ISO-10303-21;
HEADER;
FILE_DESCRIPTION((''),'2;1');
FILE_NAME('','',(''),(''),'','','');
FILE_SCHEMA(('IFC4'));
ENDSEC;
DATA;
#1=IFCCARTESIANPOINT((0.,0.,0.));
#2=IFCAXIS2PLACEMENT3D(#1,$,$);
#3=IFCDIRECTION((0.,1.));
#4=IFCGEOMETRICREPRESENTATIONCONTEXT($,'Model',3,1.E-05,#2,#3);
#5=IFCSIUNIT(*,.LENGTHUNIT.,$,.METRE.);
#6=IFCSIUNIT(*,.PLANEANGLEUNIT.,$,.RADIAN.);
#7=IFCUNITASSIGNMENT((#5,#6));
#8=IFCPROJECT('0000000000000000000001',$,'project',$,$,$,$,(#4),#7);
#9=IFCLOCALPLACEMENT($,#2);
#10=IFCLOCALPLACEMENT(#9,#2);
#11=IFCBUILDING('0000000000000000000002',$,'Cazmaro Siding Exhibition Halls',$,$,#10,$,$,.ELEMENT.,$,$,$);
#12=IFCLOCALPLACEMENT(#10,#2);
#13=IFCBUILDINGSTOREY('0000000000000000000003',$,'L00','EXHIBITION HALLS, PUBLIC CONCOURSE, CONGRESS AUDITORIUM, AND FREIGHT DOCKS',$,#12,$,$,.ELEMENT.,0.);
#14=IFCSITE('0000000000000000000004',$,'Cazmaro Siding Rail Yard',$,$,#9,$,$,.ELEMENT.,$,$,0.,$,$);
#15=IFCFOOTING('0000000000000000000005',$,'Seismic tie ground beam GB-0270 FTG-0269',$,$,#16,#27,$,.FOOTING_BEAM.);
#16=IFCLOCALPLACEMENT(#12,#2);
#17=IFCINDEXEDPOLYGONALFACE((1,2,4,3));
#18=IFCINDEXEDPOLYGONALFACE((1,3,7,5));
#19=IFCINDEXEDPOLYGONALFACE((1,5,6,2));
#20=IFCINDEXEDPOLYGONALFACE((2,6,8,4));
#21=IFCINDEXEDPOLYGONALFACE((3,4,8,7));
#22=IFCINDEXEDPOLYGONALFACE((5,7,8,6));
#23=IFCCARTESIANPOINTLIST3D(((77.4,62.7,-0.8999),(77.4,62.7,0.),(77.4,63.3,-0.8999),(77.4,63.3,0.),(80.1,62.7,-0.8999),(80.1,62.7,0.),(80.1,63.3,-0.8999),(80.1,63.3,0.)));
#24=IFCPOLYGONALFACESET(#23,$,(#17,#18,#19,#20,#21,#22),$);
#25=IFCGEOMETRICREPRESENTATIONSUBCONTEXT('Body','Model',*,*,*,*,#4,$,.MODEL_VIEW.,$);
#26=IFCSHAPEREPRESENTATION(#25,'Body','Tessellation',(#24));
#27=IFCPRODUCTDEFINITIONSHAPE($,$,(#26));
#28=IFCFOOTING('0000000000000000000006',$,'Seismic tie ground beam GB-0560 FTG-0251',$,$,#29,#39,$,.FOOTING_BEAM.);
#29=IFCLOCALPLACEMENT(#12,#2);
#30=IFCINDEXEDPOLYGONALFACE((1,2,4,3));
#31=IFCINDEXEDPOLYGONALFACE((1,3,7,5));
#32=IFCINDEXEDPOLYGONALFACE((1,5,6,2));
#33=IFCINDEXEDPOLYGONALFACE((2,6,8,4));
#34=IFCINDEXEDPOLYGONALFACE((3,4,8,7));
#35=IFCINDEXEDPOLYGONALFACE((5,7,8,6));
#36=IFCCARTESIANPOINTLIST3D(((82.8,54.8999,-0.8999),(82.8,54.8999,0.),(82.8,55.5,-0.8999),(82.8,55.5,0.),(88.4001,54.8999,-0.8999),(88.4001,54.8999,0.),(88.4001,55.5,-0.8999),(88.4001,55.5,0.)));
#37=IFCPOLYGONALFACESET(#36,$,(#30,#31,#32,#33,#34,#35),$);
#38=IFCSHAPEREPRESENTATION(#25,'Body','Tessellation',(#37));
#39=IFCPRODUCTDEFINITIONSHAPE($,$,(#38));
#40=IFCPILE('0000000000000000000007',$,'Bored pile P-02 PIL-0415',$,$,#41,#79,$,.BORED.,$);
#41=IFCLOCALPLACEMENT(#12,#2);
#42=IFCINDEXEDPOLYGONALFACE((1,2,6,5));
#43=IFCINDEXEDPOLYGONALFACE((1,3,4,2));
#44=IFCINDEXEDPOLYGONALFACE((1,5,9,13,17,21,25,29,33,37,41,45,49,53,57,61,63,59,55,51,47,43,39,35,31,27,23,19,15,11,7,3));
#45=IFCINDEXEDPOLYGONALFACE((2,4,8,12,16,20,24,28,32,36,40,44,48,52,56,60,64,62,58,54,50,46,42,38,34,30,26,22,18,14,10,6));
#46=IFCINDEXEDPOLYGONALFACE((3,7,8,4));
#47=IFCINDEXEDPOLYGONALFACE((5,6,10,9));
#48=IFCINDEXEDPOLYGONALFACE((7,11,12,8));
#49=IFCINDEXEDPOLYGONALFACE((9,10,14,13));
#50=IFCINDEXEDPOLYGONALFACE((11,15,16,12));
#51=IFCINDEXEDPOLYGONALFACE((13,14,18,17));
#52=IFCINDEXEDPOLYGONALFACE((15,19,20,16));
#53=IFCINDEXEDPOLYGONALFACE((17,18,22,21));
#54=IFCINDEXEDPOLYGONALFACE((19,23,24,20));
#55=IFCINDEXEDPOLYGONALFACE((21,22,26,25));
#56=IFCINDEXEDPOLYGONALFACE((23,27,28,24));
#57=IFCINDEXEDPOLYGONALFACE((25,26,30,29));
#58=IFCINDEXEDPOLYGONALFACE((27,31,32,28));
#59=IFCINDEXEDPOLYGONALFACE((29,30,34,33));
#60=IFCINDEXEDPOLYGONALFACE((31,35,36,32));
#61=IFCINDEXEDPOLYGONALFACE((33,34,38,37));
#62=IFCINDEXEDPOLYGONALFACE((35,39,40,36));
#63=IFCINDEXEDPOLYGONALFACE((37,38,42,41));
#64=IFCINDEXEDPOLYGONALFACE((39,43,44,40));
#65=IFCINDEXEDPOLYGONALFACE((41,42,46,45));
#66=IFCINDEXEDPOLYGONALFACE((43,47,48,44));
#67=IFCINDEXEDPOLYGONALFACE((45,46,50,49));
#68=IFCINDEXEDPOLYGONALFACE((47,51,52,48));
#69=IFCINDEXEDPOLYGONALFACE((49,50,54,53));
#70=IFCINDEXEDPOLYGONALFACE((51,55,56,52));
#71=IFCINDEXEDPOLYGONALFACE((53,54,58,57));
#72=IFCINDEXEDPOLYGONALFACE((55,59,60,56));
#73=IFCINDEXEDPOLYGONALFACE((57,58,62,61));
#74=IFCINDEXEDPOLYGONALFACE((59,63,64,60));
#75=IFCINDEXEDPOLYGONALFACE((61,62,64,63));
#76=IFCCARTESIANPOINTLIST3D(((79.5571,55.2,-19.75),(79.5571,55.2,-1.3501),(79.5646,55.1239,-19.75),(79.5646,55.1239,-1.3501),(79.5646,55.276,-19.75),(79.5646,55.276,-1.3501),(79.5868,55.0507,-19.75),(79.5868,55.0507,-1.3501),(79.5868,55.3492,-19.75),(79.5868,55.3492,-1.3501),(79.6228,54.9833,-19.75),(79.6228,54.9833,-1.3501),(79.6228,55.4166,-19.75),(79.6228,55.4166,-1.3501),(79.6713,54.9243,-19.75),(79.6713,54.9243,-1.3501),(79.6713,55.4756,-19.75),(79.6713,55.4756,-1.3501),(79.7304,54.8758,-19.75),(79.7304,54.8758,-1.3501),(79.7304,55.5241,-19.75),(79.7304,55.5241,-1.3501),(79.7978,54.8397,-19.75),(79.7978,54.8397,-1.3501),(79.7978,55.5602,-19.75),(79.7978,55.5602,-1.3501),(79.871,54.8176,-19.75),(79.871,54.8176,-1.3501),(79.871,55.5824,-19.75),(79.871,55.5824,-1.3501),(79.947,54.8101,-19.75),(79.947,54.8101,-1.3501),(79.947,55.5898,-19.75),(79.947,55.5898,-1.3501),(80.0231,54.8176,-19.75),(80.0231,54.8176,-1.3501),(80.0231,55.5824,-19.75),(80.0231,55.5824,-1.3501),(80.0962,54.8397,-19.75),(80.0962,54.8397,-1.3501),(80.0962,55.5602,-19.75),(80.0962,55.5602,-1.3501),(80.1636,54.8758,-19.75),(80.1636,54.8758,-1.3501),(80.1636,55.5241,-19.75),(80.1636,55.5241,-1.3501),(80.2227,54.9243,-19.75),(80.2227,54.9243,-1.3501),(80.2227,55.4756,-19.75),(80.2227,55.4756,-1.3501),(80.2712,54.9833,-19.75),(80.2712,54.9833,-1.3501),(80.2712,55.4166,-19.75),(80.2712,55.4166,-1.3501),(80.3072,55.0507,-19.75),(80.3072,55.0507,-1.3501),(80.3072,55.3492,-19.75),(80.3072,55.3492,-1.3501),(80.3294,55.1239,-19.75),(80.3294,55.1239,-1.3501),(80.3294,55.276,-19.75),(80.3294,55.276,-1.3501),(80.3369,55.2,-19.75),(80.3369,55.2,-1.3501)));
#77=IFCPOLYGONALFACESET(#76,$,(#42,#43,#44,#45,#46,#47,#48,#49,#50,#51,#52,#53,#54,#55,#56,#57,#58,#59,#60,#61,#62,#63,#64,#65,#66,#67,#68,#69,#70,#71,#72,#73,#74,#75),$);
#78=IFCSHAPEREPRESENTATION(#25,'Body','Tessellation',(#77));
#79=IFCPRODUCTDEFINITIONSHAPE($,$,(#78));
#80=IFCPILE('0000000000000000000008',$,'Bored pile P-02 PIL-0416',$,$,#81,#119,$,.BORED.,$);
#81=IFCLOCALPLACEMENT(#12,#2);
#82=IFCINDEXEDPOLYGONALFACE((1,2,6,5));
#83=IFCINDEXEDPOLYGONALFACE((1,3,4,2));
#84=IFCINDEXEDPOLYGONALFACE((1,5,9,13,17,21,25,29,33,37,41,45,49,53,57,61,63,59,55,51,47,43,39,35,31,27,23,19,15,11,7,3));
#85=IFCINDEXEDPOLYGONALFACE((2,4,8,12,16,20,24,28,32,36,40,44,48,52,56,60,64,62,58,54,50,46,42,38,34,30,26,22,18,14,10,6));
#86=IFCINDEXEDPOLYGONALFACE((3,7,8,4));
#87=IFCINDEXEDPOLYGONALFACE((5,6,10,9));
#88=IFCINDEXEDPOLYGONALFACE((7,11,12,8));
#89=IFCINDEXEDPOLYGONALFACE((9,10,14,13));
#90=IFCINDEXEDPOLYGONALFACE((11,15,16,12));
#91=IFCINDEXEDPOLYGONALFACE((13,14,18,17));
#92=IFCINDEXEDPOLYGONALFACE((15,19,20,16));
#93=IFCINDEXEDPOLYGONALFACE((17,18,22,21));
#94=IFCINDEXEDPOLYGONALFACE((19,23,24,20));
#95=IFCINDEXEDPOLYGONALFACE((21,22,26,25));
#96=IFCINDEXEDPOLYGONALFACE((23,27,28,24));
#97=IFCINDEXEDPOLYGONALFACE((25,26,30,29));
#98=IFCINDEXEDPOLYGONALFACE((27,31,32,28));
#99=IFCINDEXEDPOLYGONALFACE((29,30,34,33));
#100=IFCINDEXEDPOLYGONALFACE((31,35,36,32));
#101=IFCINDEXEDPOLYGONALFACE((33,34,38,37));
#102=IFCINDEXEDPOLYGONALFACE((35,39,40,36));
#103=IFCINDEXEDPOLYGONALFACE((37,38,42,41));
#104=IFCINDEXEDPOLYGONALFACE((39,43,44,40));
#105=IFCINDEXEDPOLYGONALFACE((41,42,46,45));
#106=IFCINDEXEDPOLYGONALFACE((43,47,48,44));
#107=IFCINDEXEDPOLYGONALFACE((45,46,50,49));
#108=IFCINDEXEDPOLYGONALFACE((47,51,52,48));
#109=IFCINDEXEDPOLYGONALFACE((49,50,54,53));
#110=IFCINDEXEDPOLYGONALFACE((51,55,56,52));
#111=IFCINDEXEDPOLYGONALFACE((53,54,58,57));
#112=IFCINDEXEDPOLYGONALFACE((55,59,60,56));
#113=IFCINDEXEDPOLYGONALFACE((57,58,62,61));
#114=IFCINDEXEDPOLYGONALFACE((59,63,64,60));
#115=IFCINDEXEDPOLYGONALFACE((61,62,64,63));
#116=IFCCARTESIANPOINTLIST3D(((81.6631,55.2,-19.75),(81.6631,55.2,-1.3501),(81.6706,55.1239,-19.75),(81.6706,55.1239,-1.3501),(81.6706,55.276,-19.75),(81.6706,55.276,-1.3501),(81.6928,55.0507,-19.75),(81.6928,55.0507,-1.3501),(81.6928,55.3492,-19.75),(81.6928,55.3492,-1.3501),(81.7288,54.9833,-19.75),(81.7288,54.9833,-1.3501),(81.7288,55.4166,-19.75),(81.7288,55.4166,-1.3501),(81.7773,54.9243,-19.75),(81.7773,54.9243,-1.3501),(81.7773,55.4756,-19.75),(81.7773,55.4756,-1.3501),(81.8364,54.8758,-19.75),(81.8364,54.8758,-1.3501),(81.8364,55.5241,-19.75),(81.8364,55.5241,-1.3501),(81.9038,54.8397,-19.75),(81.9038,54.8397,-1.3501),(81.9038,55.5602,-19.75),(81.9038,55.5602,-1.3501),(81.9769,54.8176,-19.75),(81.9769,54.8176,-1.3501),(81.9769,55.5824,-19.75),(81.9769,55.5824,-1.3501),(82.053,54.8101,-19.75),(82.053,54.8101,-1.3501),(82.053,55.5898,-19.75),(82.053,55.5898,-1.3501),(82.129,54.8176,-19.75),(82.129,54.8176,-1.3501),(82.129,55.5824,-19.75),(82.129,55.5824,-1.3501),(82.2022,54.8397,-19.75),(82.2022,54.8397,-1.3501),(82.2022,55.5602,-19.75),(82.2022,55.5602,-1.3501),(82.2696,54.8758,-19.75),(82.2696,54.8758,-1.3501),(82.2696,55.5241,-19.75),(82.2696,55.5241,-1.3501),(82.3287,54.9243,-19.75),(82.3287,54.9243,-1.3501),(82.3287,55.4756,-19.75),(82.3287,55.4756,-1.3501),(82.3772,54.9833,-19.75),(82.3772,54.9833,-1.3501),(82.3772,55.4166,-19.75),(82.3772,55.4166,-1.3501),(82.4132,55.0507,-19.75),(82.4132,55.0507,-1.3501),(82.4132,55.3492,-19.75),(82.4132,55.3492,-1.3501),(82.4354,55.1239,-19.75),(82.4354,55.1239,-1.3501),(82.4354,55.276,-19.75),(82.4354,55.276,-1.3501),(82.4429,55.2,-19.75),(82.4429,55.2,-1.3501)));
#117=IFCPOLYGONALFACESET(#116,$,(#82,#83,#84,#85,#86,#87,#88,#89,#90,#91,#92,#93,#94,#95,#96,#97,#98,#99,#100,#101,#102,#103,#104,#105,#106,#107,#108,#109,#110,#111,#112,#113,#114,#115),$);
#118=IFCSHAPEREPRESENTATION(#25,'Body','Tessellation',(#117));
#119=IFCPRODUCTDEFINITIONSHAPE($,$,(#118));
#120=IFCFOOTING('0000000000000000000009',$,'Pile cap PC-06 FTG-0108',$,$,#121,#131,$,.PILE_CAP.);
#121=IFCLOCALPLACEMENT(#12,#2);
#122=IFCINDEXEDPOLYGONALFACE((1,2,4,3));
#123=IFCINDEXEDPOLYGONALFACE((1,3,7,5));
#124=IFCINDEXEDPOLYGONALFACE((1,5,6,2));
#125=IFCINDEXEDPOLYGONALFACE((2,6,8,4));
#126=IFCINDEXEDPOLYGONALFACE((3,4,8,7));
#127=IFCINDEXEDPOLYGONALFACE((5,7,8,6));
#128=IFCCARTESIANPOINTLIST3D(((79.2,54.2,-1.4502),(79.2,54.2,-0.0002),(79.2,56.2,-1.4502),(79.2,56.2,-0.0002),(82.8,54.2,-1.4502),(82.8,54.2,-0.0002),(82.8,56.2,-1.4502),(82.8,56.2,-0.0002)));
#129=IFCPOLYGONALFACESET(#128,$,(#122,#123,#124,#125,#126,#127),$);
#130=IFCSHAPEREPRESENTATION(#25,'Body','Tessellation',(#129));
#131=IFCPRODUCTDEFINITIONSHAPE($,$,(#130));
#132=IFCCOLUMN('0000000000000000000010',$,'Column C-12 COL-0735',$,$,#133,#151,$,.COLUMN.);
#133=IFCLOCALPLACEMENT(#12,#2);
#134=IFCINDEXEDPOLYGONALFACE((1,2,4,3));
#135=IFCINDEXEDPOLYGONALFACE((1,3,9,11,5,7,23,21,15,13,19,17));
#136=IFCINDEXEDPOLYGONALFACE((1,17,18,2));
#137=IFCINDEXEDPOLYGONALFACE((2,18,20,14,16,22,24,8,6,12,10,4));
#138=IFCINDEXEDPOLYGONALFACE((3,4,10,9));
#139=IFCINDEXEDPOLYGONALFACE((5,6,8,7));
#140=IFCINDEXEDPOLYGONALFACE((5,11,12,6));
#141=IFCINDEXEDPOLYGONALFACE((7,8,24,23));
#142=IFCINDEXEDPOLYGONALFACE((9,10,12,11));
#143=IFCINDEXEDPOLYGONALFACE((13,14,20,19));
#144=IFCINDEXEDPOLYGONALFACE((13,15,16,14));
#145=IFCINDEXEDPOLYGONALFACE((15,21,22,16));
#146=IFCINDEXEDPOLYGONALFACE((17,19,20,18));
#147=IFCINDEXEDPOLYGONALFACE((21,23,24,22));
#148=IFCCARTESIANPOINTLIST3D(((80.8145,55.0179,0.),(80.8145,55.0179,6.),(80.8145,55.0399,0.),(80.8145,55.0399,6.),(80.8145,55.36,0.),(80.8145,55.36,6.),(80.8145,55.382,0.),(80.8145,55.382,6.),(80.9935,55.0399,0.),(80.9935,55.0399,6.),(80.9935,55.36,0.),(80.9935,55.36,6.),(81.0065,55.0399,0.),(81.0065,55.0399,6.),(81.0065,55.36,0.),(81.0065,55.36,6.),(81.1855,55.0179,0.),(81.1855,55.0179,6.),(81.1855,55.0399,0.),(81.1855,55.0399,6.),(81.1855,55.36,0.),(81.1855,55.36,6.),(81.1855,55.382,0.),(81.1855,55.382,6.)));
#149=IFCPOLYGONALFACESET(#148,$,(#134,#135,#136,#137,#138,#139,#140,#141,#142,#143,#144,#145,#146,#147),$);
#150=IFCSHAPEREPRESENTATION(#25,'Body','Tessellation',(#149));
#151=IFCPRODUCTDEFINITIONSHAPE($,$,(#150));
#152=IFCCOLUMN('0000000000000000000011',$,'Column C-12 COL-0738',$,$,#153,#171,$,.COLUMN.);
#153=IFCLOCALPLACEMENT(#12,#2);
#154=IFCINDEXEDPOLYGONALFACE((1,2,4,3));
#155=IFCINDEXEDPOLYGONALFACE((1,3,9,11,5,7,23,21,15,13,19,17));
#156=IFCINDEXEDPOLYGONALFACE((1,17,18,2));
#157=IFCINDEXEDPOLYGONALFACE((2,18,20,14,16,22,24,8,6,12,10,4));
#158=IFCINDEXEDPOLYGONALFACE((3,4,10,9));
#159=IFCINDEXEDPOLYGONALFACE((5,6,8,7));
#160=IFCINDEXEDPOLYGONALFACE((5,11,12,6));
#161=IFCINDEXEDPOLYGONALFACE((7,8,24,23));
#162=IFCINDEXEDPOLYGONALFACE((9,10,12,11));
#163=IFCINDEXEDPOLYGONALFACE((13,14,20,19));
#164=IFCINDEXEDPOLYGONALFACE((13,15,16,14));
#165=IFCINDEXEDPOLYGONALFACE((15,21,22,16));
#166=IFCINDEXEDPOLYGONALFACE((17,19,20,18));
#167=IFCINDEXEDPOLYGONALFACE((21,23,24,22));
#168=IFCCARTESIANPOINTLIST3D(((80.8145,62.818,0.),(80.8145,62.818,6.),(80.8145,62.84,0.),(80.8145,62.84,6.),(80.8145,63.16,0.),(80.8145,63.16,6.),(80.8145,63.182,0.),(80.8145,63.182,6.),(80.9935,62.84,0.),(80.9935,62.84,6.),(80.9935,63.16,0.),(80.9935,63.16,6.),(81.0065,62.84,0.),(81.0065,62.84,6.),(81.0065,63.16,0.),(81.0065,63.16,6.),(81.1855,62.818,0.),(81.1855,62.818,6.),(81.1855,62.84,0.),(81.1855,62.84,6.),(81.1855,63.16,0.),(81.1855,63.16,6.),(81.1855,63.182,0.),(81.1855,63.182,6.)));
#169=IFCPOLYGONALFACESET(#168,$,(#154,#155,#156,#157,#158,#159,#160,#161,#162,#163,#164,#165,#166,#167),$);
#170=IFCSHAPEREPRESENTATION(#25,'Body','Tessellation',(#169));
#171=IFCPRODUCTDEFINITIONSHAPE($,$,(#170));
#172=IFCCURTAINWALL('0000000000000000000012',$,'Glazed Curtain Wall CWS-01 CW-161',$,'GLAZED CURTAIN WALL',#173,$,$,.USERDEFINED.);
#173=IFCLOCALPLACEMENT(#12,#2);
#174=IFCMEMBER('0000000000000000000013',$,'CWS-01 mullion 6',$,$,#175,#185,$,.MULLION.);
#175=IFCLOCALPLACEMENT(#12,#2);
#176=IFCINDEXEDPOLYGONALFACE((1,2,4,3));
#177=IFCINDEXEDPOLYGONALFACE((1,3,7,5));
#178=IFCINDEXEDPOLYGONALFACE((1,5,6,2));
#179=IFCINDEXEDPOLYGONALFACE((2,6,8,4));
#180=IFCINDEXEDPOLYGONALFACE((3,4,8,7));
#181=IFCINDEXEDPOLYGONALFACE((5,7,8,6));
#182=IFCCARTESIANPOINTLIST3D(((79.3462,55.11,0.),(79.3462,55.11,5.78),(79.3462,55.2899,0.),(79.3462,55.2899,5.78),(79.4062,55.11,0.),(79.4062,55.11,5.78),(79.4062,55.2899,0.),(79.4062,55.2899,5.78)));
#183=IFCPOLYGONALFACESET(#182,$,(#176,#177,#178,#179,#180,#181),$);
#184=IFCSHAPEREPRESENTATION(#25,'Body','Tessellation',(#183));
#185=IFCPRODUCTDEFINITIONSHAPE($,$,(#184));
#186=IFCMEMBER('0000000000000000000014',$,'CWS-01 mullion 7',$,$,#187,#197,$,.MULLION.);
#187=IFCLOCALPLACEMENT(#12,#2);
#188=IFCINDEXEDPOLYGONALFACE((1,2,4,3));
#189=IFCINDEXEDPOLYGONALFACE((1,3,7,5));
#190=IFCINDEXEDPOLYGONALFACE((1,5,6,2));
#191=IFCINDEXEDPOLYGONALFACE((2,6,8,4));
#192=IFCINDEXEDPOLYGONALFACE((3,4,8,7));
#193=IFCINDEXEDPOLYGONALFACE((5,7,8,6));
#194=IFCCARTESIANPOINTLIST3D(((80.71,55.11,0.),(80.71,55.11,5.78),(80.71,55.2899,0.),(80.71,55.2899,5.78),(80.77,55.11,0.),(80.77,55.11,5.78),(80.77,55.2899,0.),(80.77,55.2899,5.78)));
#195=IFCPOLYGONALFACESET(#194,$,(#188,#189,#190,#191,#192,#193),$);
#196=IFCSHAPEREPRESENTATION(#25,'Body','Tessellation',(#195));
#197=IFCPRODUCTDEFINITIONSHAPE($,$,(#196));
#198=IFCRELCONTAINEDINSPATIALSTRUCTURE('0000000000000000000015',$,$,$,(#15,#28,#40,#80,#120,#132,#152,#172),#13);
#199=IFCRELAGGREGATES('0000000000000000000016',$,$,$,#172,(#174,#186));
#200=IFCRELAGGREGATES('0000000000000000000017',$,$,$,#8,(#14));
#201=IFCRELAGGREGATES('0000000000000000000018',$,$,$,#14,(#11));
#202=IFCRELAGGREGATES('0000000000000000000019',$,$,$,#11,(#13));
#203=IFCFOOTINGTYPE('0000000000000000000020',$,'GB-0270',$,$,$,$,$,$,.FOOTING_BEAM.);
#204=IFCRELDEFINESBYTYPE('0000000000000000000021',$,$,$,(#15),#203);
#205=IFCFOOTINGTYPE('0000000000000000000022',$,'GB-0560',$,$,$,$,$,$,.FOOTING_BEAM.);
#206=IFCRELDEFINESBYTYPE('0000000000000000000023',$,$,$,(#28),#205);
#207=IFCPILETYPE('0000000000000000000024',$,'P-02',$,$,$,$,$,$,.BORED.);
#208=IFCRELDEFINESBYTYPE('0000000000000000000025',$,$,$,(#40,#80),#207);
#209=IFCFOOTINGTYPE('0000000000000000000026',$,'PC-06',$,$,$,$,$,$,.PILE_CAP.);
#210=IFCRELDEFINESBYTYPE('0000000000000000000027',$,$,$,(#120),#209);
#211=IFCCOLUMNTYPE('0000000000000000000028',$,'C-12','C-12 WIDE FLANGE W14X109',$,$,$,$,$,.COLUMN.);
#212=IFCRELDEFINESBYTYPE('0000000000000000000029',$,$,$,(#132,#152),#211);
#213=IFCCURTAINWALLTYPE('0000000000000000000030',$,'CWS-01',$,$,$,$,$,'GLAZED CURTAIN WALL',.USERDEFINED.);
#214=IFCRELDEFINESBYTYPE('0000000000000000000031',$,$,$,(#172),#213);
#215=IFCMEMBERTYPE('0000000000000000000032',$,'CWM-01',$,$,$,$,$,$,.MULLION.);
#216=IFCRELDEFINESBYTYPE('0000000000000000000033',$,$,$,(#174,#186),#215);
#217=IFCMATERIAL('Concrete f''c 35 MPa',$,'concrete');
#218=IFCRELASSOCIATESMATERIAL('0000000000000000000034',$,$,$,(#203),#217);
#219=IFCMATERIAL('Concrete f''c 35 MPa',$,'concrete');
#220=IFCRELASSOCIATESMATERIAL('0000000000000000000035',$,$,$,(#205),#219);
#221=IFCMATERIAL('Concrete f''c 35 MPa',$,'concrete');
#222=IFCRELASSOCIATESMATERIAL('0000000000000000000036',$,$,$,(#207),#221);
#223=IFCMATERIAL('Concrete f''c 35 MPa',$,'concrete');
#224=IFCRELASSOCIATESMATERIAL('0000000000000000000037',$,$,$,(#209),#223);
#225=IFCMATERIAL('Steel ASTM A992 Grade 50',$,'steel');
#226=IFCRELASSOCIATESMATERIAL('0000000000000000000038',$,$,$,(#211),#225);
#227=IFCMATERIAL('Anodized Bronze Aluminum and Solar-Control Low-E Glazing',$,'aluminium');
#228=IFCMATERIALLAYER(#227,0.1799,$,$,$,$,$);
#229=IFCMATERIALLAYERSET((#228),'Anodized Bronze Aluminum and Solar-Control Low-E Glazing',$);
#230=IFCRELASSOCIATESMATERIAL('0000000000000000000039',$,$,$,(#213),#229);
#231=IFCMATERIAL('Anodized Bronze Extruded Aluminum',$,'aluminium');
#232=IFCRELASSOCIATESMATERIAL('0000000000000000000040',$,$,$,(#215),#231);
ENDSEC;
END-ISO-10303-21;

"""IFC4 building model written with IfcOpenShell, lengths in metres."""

from ifc_helpers import new_model, si_unit, direction, frame, origin, origin_2d, place, context, subcontext, project, spatial, rectangle, circle, i_section, extrude, material, layer, layer_set, material_profile, profile_set, type_object, element, aggregate, save


model = new_model("IFC4")

# Units and contexts
model_context = context("Model", 3, precision=1e-05, world=origin(), true_north=direction((0.0, 1.0)))
body_context = subcontext(model_context, "Body", "Model", "MODEL_VIEW")
ifc_project = project(units=[si_unit("LENGTHUNIT", "METRE"), si_unit("PLANEANGLEUNIT", "RADIAN")], contexts=[model_context])

# Site, building, storey
site_placement = place(None, origin())
site = spatial("IfcSite", under=ifc_project, at=site_placement, Name="Cazmaro Siding Rail Yard", CompositionType="ELEMENT", RefElevation=0.0)
building_placement = place(site_placement, origin())
building = spatial("IfcBuilding", under=site, at=building_placement, Name="Cazmaro Siding Exhibition Halls", CompositionType="ELEMENT")
storey_placement = place(building_placement, origin())
storey = spatial("IfcBuildingStorey", under=building, at=storey_placement, Name="L00", Description="EXHIBITION HALLS, PUBLIC CONCOURSE, CONGRESS AUDITORIUM, AND FREIGHT DOCKS", CompositionType="ELEMENT", Elevation=0.0)

# Footings
ifc_material_1 = material(Name="Concrete f'c 35 MPa", Category="concrete")
footing_type_1 = type_object("IfcFootingType", Name="GB-0270", PredefinedType="FOOTING_BEAM", material=ifc_material_1)
footing_1_placement = place(storey_placement, frame((78.75, 63.0, -0.8999), z_axis=(0.0, 0.0, 1.0), x_axis=(1.0, 0.0, 0.0)))
element("IfcFooting", 1, at=footing_1_placement, inside=storey, type_object=footing_type_1, Name="Seismic tie ground beam GB-0270 FTG-0269", PredefinedType="FOOTING_BEAM", context=body_context, shape_type="SweptSolid", body=[
    extrude(rectangle(XDim=2.7, YDim=0.6001, at=origin_2d()), origin(), (0.0, 0.0, 1.0), 0.8999),
])
ifc_material_2 = material(Name="Concrete f'c 35 MPa", Category="concrete")
footing_type_2 = type_object("IfcFootingType", Name="GB-0560", PredefinedType="FOOTING_BEAM", material=ifc_material_2)
footing_2_placement = place(storey_placement, frame((85.6001, 55.2, -0.8999), z_axis=(0.0, 0.0, 1.0), x_axis=(1.0, 0.0, 0.0)))
element("IfcFooting", 2, at=footing_2_placement, inside=storey, type_object=footing_type_2, Name="Seismic tie ground beam GB-0560 FTG-0251", PredefinedType="FOOTING_BEAM", context=body_context, shape_type="SweptSolid", body=[
    extrude(rectangle(XDim=5.6001, YDim=0.6001, at=origin_2d()), origin(), (0.0, 0.0, 1.0), 0.8999),
])

# Piles
ifc_material_3 = material(Name="Concrete f'c 35 MPa", Category="concrete")
ifc_material_profile_1 = material_profile(ifc_material_3, circle(Radius=0.3899, at=origin_2d()), Name="CIDH-780")
ifc_profile_set_1 = profile_set([ifc_material_profile_1], Name="Concrete f'c 35 MPa")
pile_type = type_object("IfcPileType", Name="P-02", PredefinedType="BORED", material=ifc_profile_set_1)
for number, where, z_axis, x_axis, name in (
    (3, (79.947, 55.2, -1.3501), (0.0, 0.0, -1.0), (1.0, 0.0, 0.0), "Bored pile P-02 PIL-0415"),
    (4, (82.053, 55.2, -1.3501), (0.0, 0.0, -1.0), (1.0, 0.0, 0.0), "Bored pile P-02 PIL-0416"),
):
    element("IfcPile", number, at=place(storey_placement, frame(where, z_axis=z_axis, x_axis=x_axis)), inside=storey, type_object=pile_type, Name=name, PredefinedType="BORED", context=body_context, shape_type="SweptSolid", body=[
        extrude(circle(Radius=0.3899, at=origin_2d()), origin(), (0.0, 0.0, 1.0), 18.3999),
    ])

# Footing
ifc_material_4 = material(Name="Concrete f'c 35 MPa", Category="concrete")
footing_type_3 = type_object("IfcFootingType", Name="PC-06", PredefinedType="PILE_CAP", material=ifc_material_4)
footing_3_placement = place(storey_placement, frame((81.0, 55.2, -1.4502), z_axis=(0.0, 0.0, 1.0), x_axis=(1.0, 0.0, 0.0)))
element("IfcFooting", 5, at=footing_3_placement, inside=storey, type_object=footing_type_3, Name="Pile cap PC-06 FTG-0108", PredefinedType="PILE_CAP", context=body_context, shape_type="SweptSolid", body=[
    extrude(rectangle(XDim=3.6001, YDim=2.0, at=origin_2d()), origin(), (0.0, 0.0, 1.0), 1.45),
])

# Columns
ifc_material_5 = material(Name="Steel ASTM A992 Grade 50", Category="steel")
ifc_material_profile_2 = material_profile(ifc_material_5, i_section(OverallWidth=0.3711, OverallDepth=0.364, WebThickness=0.0129, FlangeThickness=0.022, at=origin_2d()), Name="W14X109")
ifc_profile_set_2 = profile_set([ifc_material_profile_2], Name="Steel ASTM A992 Grade 50")
column_type = type_object("IfcColumnType", Name="C-12", Description="C-12 WIDE FLANGE W14X109", PredefinedType="COLUMN", material=ifc_profile_set_2)
for number, where, z_axis, x_axis, name in (
    (6, (81.0, 55.2, 0.0), (0.0, 0.0, 1.0), (1.0, 0.0, 0.0), "Column C-12 COL-0735"),
    (7, (81.0, 63.0, 0.0), (0.0, 0.0, 1.0), (1.0, 0.0, 0.0), "Column C-12 COL-0738"),
):
    element("IfcColumn", number, at=place(storey_placement, frame(where, z_axis=z_axis, x_axis=x_axis)), inside=storey, type_object=column_type, Name=name, PredefinedType="COLUMN", context=body_context, shape_type="SweptSolid", body=[
        extrude(i_section(OverallWidth=0.3711, OverallDepth=0.364, WebThickness=0.0129, FlangeThickness=0.022, at=origin_2d()), origin(), (0.0, 0.0, 1.0), 6.0),
    ])

# Curtain wall, members
ifc_material_6 = material(Name="Anodized Bronze Aluminum and Solar-Control Low-E Glazing", Category="aluminium")
ifc_layer_1 = layer(ifc_material_6, 0.1799)
ifc_layer_set_1 = layer_set([ifc_layer_1], Name="Anodized Bronze Aluminum and Solar-Control Low-E Glazing")
curtain_wall_type = type_object("IfcCurtainWallType", Name="CWS-01", ElementType="GLAZED CURTAIN WALL", PredefinedType="USERDEFINED", material=ifc_layer_set_1)
curtain_wall_1_placement = place(storey_placement, origin())
curtain_wall_1 = element("IfcCurtainWall", 8, at=curtain_wall_1_placement, inside=storey, type_object=curtain_wall_type, Name="Glazed Curtain Wall CWS-01 CW-161", ObjectType="GLAZED CURTAIN WALL", PredefinedType="USERDEFINED")
ifc_material_7 = material(Name="Anodized Bronze Extruded Aluminum", Category="aluminium")
ifc_material_profile_3 = material_profile(ifc_material_7, rectangle(XDim=0.1799, YDim=0.0601, at=origin_2d()), Name="CWM-01")
ifc_profile_set_3 = profile_set([ifc_material_profile_3], Name="Anodized Bronze Extruded Aluminum")
member_type_1 = type_object("IfcMemberType", Name="CWM-01", PredefinedType="MULLION", material=ifc_profile_set_3)
member_1_placement = place(storey_placement, frame((79.3762, 55.2, 0.0), z_axis=(0.0, 0.0, 1.0), x_axis=(0.0, 1.0, 0.0)))
member_1 = element("IfcMember", 9, at=member_1_placement, type_object=member_type_1, Name="CWS-01 mullion 6", PredefinedType="MULLION", context=body_context, shape_type="SweptSolid", body=[
    extrude(rectangle(XDim=0.1799, YDim=0.0601, at=origin_2d()), origin(), (0.0, 0.0, 1.0), 5.78),
])
member_2_placement = place(storey_placement, frame((80.74, 55.2, 0.0), z_axis=(0.0, 0.0, 1.0), x_axis=(0.0, 1.0, 0.0)))
member_2 = element("IfcMember", 10, at=member_2_placement, type_object=member_type_1, Name="CWS-01 mullion 7", PredefinedType="MULLION", context=body_context, shape_type="SweptSolid", body=[
    extrude(rectangle(XDim=0.1799, YDim=0.0601, at=origin_2d()), origin(), (0.0, 0.0, 1.0), 5.78),
])

aggregate(curtain_wall_1, [member_1, member_2])

save(model, "model.ifc")
